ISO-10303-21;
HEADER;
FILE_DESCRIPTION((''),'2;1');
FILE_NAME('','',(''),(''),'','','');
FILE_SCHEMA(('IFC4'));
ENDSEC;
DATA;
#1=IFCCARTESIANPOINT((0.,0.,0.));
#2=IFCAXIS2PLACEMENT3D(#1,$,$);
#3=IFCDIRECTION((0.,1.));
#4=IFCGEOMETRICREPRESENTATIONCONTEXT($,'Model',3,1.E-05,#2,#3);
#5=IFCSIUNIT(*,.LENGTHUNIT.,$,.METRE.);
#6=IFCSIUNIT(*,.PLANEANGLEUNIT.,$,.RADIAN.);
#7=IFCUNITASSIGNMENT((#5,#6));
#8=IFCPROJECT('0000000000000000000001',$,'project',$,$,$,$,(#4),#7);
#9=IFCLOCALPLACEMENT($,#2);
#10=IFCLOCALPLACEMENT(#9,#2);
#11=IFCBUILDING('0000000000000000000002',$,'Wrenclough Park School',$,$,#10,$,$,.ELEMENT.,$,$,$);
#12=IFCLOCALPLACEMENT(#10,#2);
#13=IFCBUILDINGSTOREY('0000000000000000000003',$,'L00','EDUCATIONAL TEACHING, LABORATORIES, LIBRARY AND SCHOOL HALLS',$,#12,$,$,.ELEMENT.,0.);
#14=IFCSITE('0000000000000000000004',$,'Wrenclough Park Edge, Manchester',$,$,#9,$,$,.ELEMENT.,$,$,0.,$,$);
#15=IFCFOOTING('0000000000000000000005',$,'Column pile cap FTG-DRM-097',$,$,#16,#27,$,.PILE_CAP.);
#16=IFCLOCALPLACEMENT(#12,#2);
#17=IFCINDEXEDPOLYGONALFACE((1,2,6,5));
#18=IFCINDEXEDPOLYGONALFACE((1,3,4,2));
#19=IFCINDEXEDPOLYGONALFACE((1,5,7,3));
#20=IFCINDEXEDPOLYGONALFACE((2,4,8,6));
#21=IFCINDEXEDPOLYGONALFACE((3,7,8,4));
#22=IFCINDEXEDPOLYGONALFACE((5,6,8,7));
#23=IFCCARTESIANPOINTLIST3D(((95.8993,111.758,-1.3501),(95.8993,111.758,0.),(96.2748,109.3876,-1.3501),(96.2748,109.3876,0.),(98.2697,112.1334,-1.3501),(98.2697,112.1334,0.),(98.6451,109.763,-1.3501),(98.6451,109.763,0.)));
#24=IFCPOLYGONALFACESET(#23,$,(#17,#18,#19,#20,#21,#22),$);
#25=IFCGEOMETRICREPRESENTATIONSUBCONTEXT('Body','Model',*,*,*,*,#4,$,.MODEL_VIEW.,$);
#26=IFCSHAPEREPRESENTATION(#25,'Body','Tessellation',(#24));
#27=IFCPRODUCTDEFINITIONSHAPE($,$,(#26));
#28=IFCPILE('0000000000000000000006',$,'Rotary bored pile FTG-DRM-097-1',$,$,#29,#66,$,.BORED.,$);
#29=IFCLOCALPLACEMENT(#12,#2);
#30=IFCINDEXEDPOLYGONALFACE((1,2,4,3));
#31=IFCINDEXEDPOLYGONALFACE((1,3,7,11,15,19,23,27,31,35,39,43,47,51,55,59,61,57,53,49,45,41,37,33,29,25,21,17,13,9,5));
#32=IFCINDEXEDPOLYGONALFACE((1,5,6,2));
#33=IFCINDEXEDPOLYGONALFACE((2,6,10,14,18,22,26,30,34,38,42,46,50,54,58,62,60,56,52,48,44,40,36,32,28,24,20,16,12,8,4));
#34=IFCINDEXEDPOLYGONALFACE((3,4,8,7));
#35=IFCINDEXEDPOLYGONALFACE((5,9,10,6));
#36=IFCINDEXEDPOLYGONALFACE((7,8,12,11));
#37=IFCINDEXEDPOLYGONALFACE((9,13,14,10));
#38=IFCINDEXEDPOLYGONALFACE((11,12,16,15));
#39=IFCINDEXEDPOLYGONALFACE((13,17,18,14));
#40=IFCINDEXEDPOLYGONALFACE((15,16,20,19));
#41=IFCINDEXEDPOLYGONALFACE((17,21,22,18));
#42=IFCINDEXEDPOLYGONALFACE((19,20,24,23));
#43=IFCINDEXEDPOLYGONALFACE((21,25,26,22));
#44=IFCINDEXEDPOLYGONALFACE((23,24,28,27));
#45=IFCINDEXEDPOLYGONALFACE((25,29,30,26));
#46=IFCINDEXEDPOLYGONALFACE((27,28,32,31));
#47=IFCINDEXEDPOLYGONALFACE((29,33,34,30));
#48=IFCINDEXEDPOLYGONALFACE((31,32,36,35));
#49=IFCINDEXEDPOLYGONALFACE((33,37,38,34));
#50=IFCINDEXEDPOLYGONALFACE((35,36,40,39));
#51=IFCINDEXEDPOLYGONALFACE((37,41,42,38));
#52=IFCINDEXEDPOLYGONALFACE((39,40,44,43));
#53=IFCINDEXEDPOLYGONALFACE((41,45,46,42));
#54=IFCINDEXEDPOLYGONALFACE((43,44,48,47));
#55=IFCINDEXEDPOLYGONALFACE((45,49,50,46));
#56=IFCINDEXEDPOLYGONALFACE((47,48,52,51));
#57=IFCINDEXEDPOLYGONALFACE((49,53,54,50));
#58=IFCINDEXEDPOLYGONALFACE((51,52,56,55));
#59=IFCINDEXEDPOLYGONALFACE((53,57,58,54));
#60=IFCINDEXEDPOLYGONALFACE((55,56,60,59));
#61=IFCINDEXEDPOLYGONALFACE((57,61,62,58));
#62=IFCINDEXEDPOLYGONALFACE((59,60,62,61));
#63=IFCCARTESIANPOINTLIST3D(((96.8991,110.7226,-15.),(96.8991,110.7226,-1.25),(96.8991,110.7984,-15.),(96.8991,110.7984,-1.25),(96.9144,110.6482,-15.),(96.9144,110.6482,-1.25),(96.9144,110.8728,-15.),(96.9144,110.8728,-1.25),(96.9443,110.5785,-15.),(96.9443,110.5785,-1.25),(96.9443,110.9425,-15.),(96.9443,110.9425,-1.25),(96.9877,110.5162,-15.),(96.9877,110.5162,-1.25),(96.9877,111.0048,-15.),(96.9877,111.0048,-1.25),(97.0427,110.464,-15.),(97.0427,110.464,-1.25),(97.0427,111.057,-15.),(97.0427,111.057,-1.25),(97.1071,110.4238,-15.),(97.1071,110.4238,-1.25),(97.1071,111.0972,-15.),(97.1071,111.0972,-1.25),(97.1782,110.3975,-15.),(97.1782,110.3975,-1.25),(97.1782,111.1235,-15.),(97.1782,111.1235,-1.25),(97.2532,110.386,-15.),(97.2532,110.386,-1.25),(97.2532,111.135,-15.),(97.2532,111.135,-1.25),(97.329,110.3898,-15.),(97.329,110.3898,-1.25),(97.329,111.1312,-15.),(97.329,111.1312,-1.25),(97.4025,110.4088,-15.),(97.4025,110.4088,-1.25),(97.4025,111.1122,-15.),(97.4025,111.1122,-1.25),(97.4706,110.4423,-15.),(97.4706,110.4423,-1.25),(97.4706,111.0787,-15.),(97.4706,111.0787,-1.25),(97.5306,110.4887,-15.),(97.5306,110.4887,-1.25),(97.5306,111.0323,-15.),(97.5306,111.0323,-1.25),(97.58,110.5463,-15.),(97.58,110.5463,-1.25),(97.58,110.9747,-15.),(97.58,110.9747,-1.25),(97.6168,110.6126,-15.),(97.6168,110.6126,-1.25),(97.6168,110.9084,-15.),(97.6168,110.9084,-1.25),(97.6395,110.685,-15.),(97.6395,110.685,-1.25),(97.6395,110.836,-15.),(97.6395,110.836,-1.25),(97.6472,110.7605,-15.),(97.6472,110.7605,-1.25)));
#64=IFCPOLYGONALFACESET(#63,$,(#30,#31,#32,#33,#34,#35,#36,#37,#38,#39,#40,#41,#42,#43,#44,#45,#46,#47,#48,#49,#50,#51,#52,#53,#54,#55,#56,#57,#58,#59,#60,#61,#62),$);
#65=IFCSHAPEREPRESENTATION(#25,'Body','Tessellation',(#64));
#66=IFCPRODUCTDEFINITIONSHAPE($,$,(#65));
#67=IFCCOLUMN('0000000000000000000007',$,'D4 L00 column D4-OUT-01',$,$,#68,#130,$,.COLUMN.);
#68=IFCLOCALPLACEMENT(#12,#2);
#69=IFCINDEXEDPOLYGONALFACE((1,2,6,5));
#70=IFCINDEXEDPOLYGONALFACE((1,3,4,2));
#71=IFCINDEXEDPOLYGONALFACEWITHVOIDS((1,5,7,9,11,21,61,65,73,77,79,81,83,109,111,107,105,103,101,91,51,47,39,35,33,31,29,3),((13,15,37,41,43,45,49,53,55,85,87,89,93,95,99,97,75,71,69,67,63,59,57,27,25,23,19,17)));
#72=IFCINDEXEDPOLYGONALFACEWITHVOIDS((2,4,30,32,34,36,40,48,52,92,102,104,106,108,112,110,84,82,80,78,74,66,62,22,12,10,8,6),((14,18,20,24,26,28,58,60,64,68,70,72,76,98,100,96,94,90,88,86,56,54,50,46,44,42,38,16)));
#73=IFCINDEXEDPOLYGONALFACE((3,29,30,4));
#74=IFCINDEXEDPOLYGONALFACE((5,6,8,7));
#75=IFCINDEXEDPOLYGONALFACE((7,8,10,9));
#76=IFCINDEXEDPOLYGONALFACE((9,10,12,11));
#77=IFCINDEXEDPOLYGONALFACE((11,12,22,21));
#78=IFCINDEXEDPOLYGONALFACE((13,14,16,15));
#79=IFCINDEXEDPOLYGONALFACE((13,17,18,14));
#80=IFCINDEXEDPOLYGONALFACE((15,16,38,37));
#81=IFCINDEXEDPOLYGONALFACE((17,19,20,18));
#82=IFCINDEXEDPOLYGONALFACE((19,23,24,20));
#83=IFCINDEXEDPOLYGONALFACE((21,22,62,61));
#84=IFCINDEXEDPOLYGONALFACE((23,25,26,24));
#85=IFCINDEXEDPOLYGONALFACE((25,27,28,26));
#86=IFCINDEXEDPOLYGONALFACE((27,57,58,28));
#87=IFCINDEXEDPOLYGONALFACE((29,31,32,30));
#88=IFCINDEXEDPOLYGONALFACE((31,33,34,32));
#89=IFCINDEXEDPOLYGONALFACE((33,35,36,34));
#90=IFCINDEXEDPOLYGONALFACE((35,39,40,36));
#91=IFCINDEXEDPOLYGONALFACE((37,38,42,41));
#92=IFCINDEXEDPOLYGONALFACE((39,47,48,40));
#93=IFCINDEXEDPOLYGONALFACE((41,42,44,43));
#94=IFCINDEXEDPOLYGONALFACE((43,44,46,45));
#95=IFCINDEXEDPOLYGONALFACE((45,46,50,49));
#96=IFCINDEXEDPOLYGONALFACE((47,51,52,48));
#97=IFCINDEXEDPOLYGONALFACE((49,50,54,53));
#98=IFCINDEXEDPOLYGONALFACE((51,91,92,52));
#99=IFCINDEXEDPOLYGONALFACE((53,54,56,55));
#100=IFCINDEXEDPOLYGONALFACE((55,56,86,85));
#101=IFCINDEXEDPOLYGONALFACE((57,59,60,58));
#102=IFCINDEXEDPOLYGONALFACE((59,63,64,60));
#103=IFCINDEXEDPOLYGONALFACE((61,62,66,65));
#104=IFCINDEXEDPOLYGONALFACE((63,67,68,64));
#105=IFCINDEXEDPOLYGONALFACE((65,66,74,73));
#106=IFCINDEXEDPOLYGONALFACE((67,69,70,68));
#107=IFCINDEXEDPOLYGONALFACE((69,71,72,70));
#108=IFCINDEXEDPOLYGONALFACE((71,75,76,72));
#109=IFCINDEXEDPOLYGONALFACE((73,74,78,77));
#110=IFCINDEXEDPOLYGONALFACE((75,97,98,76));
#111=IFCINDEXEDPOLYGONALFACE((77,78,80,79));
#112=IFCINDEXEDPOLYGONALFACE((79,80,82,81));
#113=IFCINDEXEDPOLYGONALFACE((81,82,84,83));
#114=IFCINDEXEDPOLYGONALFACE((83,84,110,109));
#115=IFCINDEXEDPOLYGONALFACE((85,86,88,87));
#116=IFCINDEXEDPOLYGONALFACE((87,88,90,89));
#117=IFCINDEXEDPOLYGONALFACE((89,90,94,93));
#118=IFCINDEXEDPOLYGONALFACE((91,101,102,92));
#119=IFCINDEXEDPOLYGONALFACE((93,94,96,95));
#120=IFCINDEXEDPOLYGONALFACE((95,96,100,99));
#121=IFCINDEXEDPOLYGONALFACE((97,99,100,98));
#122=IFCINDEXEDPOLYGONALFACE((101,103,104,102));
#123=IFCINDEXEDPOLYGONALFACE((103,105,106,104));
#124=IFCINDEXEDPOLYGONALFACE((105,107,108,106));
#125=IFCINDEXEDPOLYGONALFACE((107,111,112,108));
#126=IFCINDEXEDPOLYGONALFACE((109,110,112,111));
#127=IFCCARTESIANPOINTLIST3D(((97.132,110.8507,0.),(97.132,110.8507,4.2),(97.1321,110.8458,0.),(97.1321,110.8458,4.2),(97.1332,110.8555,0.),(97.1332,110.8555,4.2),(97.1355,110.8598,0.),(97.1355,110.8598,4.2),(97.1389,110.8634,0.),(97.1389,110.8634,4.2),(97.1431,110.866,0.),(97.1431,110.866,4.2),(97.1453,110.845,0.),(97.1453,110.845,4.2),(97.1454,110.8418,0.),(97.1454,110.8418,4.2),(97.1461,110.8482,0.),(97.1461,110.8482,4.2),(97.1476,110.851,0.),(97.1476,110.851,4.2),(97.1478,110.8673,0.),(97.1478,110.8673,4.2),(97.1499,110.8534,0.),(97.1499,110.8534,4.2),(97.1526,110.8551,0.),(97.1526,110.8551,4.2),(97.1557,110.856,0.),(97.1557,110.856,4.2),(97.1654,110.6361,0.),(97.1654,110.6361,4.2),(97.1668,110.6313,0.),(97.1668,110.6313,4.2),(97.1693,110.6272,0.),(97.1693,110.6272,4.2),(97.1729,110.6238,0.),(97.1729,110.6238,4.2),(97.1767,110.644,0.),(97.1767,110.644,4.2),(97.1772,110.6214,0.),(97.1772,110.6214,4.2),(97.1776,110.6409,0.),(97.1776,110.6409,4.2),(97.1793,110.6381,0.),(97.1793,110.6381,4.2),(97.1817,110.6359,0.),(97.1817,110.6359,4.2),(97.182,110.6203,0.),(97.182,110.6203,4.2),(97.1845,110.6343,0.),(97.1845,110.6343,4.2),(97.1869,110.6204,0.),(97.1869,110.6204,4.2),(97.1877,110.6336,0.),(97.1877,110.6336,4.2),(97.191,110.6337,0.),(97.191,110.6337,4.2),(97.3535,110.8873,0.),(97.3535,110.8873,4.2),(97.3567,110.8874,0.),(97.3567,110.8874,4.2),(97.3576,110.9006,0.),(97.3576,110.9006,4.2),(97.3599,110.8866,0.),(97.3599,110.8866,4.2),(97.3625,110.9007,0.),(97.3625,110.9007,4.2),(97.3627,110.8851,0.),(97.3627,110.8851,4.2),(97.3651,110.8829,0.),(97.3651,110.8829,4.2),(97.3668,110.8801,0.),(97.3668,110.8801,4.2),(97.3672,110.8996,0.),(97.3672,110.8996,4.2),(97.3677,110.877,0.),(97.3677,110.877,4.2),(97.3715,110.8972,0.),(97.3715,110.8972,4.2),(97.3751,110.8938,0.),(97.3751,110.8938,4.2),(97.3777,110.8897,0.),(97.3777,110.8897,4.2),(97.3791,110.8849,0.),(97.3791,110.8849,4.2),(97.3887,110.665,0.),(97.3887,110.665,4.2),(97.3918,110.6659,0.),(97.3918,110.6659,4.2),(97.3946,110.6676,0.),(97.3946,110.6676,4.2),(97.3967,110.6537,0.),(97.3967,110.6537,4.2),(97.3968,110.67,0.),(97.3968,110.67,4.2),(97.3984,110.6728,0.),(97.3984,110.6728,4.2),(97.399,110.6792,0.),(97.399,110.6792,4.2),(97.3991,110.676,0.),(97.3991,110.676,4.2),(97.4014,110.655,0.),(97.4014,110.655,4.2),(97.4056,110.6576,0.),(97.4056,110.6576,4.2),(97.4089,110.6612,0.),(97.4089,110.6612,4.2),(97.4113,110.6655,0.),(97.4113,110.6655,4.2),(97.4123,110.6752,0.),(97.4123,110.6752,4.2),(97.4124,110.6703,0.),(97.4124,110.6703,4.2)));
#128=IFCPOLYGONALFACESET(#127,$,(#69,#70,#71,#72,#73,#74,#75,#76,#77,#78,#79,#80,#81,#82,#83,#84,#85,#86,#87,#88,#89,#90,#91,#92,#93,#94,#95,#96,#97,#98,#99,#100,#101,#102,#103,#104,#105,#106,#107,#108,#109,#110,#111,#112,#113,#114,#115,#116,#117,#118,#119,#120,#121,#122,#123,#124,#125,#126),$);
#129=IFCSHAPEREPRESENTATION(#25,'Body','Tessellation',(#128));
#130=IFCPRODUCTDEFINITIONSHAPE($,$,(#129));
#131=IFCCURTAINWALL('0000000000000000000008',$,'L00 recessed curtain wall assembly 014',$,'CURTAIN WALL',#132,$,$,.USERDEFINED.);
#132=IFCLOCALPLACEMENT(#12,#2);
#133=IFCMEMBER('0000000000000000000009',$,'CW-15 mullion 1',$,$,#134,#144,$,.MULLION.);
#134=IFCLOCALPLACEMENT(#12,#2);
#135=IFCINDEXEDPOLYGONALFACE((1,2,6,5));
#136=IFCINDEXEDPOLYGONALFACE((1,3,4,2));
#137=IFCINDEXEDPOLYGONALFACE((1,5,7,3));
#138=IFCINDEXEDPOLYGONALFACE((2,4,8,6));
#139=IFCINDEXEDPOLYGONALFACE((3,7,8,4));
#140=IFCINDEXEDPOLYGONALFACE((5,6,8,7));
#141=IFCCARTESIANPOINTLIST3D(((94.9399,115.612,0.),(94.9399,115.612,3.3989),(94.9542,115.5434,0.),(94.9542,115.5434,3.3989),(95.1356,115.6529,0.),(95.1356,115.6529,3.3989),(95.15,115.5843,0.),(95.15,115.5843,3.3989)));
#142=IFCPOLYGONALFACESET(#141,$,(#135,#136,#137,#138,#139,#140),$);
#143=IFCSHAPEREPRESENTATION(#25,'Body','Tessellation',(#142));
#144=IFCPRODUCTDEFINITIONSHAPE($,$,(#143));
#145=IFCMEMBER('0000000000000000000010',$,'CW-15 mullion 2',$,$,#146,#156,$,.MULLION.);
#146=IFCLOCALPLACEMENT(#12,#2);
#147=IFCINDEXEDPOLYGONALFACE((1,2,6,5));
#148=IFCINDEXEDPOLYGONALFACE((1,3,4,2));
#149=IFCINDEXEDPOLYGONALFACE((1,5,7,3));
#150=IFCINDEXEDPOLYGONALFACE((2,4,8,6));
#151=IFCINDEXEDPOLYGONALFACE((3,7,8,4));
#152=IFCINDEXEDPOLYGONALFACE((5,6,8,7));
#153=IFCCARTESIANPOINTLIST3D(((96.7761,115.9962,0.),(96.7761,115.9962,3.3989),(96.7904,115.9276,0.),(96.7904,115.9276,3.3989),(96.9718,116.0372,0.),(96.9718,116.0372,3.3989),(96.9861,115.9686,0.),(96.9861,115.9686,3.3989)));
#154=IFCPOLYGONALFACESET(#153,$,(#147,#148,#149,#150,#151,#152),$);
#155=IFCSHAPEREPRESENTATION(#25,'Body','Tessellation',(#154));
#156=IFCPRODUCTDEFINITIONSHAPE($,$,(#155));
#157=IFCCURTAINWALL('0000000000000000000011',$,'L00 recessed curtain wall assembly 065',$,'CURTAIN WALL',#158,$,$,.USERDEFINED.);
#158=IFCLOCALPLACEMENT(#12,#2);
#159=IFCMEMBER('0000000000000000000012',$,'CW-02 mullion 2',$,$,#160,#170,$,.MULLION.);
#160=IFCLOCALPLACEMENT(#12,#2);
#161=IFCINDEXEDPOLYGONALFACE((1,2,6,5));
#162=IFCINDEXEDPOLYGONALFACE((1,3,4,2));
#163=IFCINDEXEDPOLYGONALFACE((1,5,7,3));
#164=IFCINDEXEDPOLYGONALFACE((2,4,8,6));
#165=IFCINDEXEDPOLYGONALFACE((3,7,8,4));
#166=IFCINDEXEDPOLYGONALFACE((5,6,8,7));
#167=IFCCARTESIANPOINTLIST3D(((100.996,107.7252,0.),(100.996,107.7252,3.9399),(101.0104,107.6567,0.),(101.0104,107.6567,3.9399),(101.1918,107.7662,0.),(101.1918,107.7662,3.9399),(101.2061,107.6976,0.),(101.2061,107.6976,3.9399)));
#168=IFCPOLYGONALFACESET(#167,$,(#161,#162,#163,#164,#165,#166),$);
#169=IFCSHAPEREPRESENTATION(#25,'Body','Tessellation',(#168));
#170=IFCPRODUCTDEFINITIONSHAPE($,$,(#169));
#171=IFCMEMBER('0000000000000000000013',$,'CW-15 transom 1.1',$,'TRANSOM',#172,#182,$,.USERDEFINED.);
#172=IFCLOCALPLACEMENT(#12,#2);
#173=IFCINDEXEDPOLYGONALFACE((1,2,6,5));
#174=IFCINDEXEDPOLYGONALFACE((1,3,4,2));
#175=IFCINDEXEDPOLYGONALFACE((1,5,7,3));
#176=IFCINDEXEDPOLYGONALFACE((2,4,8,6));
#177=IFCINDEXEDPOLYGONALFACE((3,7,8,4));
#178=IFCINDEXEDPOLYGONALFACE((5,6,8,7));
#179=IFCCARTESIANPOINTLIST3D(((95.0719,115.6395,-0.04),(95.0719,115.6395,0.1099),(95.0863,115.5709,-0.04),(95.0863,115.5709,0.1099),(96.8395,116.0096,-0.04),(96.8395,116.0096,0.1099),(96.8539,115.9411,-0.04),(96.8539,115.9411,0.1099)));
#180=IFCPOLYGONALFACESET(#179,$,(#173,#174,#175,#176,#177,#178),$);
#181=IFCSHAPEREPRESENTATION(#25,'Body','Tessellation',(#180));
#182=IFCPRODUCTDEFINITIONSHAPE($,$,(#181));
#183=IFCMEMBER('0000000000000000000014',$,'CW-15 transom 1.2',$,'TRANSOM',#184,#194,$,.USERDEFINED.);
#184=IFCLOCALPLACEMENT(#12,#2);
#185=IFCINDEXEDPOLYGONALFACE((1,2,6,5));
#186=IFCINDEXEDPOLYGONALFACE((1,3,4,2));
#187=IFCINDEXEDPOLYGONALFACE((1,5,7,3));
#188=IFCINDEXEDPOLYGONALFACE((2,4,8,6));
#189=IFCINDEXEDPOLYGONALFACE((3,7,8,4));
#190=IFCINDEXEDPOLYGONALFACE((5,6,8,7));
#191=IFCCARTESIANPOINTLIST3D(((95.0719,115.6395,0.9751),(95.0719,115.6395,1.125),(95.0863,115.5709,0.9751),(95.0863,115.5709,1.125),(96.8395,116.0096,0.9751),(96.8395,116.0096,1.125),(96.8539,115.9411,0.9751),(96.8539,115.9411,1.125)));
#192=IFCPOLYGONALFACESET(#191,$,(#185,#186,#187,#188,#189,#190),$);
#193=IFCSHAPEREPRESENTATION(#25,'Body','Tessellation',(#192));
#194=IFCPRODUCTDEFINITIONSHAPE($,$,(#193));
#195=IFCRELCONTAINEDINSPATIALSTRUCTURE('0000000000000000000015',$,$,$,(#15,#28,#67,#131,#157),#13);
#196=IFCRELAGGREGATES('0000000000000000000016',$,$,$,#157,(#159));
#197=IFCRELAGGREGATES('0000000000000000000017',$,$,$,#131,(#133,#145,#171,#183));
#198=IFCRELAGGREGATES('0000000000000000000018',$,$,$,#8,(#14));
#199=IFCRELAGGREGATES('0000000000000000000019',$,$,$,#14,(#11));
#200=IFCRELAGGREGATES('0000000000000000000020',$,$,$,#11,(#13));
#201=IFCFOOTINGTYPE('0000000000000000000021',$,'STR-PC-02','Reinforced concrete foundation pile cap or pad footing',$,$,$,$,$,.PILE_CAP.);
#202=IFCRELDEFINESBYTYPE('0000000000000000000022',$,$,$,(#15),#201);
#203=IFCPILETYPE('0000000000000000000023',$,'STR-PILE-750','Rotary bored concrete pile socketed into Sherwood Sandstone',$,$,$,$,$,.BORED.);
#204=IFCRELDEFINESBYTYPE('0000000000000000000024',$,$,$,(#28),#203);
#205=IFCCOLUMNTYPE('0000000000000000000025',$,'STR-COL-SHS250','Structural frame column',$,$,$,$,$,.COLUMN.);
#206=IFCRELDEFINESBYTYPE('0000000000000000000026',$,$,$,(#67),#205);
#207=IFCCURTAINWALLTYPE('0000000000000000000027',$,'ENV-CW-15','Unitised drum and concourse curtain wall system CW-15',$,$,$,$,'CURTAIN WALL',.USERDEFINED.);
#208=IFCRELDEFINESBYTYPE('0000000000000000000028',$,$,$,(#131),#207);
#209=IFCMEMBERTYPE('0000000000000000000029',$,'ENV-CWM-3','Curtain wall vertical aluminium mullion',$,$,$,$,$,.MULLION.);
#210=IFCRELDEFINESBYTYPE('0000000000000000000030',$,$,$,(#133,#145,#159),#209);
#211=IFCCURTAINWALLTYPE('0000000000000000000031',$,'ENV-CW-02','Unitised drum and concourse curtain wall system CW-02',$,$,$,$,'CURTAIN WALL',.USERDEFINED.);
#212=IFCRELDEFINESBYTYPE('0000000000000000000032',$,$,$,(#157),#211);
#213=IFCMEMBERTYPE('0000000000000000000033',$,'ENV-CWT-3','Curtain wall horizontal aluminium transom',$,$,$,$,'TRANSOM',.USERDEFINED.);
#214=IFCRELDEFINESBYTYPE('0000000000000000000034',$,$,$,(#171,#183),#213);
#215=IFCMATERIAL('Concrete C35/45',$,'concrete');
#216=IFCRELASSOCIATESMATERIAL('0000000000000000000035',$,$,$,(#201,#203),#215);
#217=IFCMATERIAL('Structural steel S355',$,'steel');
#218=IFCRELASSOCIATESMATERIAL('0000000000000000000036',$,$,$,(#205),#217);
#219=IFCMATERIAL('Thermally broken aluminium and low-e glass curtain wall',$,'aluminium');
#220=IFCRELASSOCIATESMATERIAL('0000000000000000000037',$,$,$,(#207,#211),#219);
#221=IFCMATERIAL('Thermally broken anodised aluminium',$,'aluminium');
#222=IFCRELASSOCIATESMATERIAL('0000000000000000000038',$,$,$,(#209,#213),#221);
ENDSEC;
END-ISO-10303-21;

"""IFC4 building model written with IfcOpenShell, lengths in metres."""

from ifc_helpers import new_model, si_unit, direction, frame, origin, origin_2d, place, context, subcontext, project, spatial, rectangle, hollow_rectangle, circle, extrude, material, material_profile, profile_set, type_object, element, aggregate, save


model = new_model("IFC4")

# Units and contexts
model_context = context("Model", 3, precision=1e-05, world=origin(), true_north=direction((0.0, 1.0)))
body_context = subcontext(model_context, "Body", "Model", "MODEL_VIEW")
ifc_project = project(units=[si_unit("LENGTHUNIT", "METRE"), si_unit("PLANEANGLEUNIT", "RADIAN")], contexts=[model_context])

# Site, building, storey
site_placement = place(None, origin())
site = spatial("IfcSite", under=ifc_project, at=site_placement, Name="Wrenclough Park Edge, Manchester", CompositionType="ELEMENT", RefElevation=0.0)
building_placement = place(site_placement, origin())
building = spatial("IfcBuilding", under=site, at=building_placement, Name="Wrenclough Park School", CompositionType="ELEMENT")
storey_placement = place(building_placement, origin())
storey = spatial("IfcBuildingStorey", under=building, at=storey_placement, Name="L00", Description="EDUCATIONAL TEACHING, LABORATORIES, LIBRARY AND SCHOOL HALLS", CompositionType="ELEMENT", Elevation=0.0)

# Footing
ifc_material_1 = material(Name="Concrete C35/45", Category="concrete")
footing_type = type_object("IfcFootingType", Name="STR-PC-02", Description="Reinforced concrete foundation pile cap or pad footing", PredefinedType="PILE_CAP", material=ifc_material_1)
footing_placement = place(storey_placement, frame((97.2722, 110.7605, -1.3501), z_axis=(0.0, 0.0, 1.0), x_axis=(-0.156434, 0.987688, 0.0)))
element("IfcFooting", 1, at=footing_placement, inside=storey, type_object=footing_type, Name="Column pile cap FTG-DRM-097", PredefinedType="PILE_CAP", context=body_context, shape_type="SweptSolid", body=[
    extrude(rectangle(XDim=2.3999, YDim=2.3999, at=origin_2d()), origin(), (0.0, 0.0, 1.0), 1.3501),
])

# Pile
ifc_material_profile_1 = material_profile(ifc_material_1, circle(Radius=0.375, at=origin_2d()), Name="BORED PILE D750")
ifc_profile_set_1 = profile_set([ifc_material_profile_1], Name="Concrete C35/45")
pile_type = type_object("IfcPileType", Name="STR-PILE-750", Description="Rotary bored concrete pile socketed into Sherwood Sandstone", PredefinedType="BORED", material=ifc_profile_set_1)
pile_placement = place(storey_placement, frame((97.2722, 110.7605, -1.25), z_axis=(0.0, 0.0, -1.0), x_axis=(1.0, 0.0, 0.0)))
element("IfcPile", 2, at=pile_placement, inside=storey, type_object=pile_type, Name="Rotary bored pile FTG-DRM-097-1", PredefinedType="BORED", context=body_context, shape_type="SweptSolid", body=[
    extrude(circle(Radius=0.375, at=origin_2d()), origin(), (0.0, 0.0, 1.0), 13.75),
])

# Column
ifc_material_2 = material(Name="Structural steel S355", Category="steel")
ifc_material_profile_2 = material_profile(ifc_material_2, hollow_rectangle(XDim=0.25, YDim=0.25, WallThickness=0.0125, InnerFilletRadius=0.0125, OuterFilletRadius=0.0188, at=origin_2d()), Name="SHS 250x250x12.5")
ifc_profile_set_2 = profile_set([ifc_material_profile_2], Name="Structural steel S355")
column_type = type_object("IfcColumnType", Name="STR-COL-SHS250", Description="Structural frame column", PredefinedType="COLUMN", material=ifc_profile_set_2)
column_placement = place(storey_placement, frame((97.2722, 110.7605, 0.0), z_axis=(0.0, 0.0, 1.0), x_axis=(-0.156434, 0.987688, 0.0)))
element("IfcColumn", 3, at=column_placement, inside=storey, type_object=column_type, Name="D4 L00 column D4-OUT-01", PredefinedType="COLUMN", context=body_context, shape_type="SweptSolid", body=[
    extrude(hollow_rectangle(XDim=0.25, YDim=0.25, WallThickness=0.0125, InnerFilletRadius=0.0125, OuterFilletRadius=0.0188, at=origin_2d()), origin(), (0.0, 0.0, 1.0), 4.2),
])

# Curtain wall, members
ifc_material_3 = material(Name="Thermally broken aluminium and low-e glass curtain wall", Category="aluminium")
curtain_wall_type_1 = type_object("IfcCurtainWallType", Name="ENV-CW-15", Description="Unitised drum and concourse curtain wall system CW-15", ElementType="CURTAIN WALL", PredefinedType="USERDEFINED", material=ifc_material_3)
curtain_wall_1_placement = place(storey_placement, origin())
curtain_wall_1 = element("IfcCurtainWall", 4, at=curtain_wall_1_placement, inside=storey, type_object=curtain_wall_type_1, Name="L00 recessed curtain wall assembly 014", ObjectType="CURTAIN WALL", PredefinedType="USERDEFINED")
ifc_material_4 = material(Name="Thermally broken anodised aluminium", Category="aluminium")
ifc_material_profile_3 = material_profile(ifc_material_4, rectangle(XDim=0.0701, YDim=0.2, at=origin_2d()), Name="AL MULLION 70x200")
ifc_profile_set_3 = profile_set([ifc_material_profile_3], Name="Thermally broken anodised aluminium")
member_type_1 = type_object("IfcMemberType", Name="ENV-CWM-3", Description="Curtain wall vertical aluminium mullion", PredefinedType="MULLION", material=ifc_profile_set_3)
member_1_placement = place(storey_placement, frame((95.0449, 115.5981, 0.0), z_axis=(0.0, 0.0, 1.0), x_axis=(-0.204871, 0.978789, 0.0)))
member_1 = element("IfcMember", 5, at=member_1_placement, type_object=member_type_1, Name="CW-15 mullion 1", PredefinedType="MULLION", context=body_context, shape_type="SweptSolid", body=[
    extrude(rectangle(XDim=0.0701, YDim=0.2, at=origin_2d()), origin(), (0.0, 0.0, 1.0), 3.3989),
])
member_2_placement = place(storey_placement, frame((96.8811, 115.9824, 0.0), z_axis=(0.0, 0.0, 1.0), x_axis=(-0.204871, 0.978789, 0.0)))
member_2 = element("IfcMember", 6, at=member_2_placement, type_object=member_type_1, Name="CW-15 mullion 2", PredefinedType="MULLION", context=body_context, shape_type="SweptSolid", body=[
    extrude(rectangle(XDim=0.0701, YDim=0.2, at=origin_2d()), origin(), (0.0, 0.0, 1.0), 3.3989),
])

# Curtain wall, member
curtain_wall_type_2 = type_object("IfcCurtainWallType", Name="ENV-CW-02", Description="Unitised drum and concourse curtain wall system CW-02", ElementType="CURTAIN WALL", PredefinedType="USERDEFINED", material=ifc_material_3)
curtain_wall_2_placement = place(storey_placement, origin())
curtain_wall_2 = element("IfcCurtainWall", 7, at=curtain_wall_2_placement, inside=storey, type_object=curtain_wall_type_2, Name="L00 recessed curtain wall assembly 065", ObjectType="CURTAIN WALL", PredefinedType="USERDEFINED")
member_3_placement = place(storey_placement, frame((101.1011, 107.7114, 0.0), z_axis=(0.0, 0.0, 1.0), x_axis=(0.204874, -0.978788, 0.0)))
member_3 = element("IfcMember", 8, at=member_3_placement, type_object=member_type_1, Name="CW-02 mullion 2", PredefinedType="MULLION", context=body_context, shape_type="SweptSolid", body=[
    extrude(rectangle(XDim=0.0701, YDim=0.2, at=origin_2d()), origin(), (0.0, 0.0, 1.0), 3.9399),
])

# Members
ifc_material_profile_4 = material_profile(ifc_material_4, rectangle(XDim=0.0701, YDim=0.1499, at=origin_2d()), Name="AL TRANSOM 70x150")
ifc_profile_set_4 = profile_set([ifc_material_profile_4], Name="Thermally broken anodised aluminium")
member_type_2 = type_object("IfcMemberType", Name="ENV-CWT-3", Description="Curtain wall horizontal aluminium transom", ElementType="TRANSOM", PredefinedType="USERDEFINED", material=ifc_profile_set_4)
member_4_placement = place(storey_placement, frame((95.0791, 115.6052, 0.0349), z_axis=(0.978773, 0.204947, 0.0), x_axis=(-0.204947, 0.978773, 0.0)))
member_4 = element("IfcMember", 9, at=member_4_placement, type_object=member_type_2, Name="CW-15 transom 1.1", ObjectType="TRANSOM", PredefinedType="USERDEFINED", context=body_context, shape_type="SweptSolid", body=[
    extrude(rectangle(XDim=0.0701, YDim=0.1499, at=origin_2d()), origin(), (0.0, 0.0, 1.0), 1.8059),
])
member_5_placement = place(storey_placement, frame((95.0791, 115.6052, 1.05), z_axis=(0.978773, 0.204947, 0.0), x_axis=(-0.204947, 0.978773, 0.0)))
member_5 = element("IfcMember", 10, at=member_5_placement, type_object=member_type_2, Name="CW-15 transom 1.2", ObjectType="TRANSOM", PredefinedType="USERDEFINED", context=body_context, shape_type="SweptSolid", body=[
    extrude(rectangle(XDim=0.0701, YDim=0.1499, at=origin_2d()), origin(), (0.0, 0.0, 1.0), 1.8059),
])

aggregate(curtain_wall_2, [member_3])
aggregate(curtain_wall_1, [member_1, member_2, member_4, member_5])

save(model, "model.ifc")
